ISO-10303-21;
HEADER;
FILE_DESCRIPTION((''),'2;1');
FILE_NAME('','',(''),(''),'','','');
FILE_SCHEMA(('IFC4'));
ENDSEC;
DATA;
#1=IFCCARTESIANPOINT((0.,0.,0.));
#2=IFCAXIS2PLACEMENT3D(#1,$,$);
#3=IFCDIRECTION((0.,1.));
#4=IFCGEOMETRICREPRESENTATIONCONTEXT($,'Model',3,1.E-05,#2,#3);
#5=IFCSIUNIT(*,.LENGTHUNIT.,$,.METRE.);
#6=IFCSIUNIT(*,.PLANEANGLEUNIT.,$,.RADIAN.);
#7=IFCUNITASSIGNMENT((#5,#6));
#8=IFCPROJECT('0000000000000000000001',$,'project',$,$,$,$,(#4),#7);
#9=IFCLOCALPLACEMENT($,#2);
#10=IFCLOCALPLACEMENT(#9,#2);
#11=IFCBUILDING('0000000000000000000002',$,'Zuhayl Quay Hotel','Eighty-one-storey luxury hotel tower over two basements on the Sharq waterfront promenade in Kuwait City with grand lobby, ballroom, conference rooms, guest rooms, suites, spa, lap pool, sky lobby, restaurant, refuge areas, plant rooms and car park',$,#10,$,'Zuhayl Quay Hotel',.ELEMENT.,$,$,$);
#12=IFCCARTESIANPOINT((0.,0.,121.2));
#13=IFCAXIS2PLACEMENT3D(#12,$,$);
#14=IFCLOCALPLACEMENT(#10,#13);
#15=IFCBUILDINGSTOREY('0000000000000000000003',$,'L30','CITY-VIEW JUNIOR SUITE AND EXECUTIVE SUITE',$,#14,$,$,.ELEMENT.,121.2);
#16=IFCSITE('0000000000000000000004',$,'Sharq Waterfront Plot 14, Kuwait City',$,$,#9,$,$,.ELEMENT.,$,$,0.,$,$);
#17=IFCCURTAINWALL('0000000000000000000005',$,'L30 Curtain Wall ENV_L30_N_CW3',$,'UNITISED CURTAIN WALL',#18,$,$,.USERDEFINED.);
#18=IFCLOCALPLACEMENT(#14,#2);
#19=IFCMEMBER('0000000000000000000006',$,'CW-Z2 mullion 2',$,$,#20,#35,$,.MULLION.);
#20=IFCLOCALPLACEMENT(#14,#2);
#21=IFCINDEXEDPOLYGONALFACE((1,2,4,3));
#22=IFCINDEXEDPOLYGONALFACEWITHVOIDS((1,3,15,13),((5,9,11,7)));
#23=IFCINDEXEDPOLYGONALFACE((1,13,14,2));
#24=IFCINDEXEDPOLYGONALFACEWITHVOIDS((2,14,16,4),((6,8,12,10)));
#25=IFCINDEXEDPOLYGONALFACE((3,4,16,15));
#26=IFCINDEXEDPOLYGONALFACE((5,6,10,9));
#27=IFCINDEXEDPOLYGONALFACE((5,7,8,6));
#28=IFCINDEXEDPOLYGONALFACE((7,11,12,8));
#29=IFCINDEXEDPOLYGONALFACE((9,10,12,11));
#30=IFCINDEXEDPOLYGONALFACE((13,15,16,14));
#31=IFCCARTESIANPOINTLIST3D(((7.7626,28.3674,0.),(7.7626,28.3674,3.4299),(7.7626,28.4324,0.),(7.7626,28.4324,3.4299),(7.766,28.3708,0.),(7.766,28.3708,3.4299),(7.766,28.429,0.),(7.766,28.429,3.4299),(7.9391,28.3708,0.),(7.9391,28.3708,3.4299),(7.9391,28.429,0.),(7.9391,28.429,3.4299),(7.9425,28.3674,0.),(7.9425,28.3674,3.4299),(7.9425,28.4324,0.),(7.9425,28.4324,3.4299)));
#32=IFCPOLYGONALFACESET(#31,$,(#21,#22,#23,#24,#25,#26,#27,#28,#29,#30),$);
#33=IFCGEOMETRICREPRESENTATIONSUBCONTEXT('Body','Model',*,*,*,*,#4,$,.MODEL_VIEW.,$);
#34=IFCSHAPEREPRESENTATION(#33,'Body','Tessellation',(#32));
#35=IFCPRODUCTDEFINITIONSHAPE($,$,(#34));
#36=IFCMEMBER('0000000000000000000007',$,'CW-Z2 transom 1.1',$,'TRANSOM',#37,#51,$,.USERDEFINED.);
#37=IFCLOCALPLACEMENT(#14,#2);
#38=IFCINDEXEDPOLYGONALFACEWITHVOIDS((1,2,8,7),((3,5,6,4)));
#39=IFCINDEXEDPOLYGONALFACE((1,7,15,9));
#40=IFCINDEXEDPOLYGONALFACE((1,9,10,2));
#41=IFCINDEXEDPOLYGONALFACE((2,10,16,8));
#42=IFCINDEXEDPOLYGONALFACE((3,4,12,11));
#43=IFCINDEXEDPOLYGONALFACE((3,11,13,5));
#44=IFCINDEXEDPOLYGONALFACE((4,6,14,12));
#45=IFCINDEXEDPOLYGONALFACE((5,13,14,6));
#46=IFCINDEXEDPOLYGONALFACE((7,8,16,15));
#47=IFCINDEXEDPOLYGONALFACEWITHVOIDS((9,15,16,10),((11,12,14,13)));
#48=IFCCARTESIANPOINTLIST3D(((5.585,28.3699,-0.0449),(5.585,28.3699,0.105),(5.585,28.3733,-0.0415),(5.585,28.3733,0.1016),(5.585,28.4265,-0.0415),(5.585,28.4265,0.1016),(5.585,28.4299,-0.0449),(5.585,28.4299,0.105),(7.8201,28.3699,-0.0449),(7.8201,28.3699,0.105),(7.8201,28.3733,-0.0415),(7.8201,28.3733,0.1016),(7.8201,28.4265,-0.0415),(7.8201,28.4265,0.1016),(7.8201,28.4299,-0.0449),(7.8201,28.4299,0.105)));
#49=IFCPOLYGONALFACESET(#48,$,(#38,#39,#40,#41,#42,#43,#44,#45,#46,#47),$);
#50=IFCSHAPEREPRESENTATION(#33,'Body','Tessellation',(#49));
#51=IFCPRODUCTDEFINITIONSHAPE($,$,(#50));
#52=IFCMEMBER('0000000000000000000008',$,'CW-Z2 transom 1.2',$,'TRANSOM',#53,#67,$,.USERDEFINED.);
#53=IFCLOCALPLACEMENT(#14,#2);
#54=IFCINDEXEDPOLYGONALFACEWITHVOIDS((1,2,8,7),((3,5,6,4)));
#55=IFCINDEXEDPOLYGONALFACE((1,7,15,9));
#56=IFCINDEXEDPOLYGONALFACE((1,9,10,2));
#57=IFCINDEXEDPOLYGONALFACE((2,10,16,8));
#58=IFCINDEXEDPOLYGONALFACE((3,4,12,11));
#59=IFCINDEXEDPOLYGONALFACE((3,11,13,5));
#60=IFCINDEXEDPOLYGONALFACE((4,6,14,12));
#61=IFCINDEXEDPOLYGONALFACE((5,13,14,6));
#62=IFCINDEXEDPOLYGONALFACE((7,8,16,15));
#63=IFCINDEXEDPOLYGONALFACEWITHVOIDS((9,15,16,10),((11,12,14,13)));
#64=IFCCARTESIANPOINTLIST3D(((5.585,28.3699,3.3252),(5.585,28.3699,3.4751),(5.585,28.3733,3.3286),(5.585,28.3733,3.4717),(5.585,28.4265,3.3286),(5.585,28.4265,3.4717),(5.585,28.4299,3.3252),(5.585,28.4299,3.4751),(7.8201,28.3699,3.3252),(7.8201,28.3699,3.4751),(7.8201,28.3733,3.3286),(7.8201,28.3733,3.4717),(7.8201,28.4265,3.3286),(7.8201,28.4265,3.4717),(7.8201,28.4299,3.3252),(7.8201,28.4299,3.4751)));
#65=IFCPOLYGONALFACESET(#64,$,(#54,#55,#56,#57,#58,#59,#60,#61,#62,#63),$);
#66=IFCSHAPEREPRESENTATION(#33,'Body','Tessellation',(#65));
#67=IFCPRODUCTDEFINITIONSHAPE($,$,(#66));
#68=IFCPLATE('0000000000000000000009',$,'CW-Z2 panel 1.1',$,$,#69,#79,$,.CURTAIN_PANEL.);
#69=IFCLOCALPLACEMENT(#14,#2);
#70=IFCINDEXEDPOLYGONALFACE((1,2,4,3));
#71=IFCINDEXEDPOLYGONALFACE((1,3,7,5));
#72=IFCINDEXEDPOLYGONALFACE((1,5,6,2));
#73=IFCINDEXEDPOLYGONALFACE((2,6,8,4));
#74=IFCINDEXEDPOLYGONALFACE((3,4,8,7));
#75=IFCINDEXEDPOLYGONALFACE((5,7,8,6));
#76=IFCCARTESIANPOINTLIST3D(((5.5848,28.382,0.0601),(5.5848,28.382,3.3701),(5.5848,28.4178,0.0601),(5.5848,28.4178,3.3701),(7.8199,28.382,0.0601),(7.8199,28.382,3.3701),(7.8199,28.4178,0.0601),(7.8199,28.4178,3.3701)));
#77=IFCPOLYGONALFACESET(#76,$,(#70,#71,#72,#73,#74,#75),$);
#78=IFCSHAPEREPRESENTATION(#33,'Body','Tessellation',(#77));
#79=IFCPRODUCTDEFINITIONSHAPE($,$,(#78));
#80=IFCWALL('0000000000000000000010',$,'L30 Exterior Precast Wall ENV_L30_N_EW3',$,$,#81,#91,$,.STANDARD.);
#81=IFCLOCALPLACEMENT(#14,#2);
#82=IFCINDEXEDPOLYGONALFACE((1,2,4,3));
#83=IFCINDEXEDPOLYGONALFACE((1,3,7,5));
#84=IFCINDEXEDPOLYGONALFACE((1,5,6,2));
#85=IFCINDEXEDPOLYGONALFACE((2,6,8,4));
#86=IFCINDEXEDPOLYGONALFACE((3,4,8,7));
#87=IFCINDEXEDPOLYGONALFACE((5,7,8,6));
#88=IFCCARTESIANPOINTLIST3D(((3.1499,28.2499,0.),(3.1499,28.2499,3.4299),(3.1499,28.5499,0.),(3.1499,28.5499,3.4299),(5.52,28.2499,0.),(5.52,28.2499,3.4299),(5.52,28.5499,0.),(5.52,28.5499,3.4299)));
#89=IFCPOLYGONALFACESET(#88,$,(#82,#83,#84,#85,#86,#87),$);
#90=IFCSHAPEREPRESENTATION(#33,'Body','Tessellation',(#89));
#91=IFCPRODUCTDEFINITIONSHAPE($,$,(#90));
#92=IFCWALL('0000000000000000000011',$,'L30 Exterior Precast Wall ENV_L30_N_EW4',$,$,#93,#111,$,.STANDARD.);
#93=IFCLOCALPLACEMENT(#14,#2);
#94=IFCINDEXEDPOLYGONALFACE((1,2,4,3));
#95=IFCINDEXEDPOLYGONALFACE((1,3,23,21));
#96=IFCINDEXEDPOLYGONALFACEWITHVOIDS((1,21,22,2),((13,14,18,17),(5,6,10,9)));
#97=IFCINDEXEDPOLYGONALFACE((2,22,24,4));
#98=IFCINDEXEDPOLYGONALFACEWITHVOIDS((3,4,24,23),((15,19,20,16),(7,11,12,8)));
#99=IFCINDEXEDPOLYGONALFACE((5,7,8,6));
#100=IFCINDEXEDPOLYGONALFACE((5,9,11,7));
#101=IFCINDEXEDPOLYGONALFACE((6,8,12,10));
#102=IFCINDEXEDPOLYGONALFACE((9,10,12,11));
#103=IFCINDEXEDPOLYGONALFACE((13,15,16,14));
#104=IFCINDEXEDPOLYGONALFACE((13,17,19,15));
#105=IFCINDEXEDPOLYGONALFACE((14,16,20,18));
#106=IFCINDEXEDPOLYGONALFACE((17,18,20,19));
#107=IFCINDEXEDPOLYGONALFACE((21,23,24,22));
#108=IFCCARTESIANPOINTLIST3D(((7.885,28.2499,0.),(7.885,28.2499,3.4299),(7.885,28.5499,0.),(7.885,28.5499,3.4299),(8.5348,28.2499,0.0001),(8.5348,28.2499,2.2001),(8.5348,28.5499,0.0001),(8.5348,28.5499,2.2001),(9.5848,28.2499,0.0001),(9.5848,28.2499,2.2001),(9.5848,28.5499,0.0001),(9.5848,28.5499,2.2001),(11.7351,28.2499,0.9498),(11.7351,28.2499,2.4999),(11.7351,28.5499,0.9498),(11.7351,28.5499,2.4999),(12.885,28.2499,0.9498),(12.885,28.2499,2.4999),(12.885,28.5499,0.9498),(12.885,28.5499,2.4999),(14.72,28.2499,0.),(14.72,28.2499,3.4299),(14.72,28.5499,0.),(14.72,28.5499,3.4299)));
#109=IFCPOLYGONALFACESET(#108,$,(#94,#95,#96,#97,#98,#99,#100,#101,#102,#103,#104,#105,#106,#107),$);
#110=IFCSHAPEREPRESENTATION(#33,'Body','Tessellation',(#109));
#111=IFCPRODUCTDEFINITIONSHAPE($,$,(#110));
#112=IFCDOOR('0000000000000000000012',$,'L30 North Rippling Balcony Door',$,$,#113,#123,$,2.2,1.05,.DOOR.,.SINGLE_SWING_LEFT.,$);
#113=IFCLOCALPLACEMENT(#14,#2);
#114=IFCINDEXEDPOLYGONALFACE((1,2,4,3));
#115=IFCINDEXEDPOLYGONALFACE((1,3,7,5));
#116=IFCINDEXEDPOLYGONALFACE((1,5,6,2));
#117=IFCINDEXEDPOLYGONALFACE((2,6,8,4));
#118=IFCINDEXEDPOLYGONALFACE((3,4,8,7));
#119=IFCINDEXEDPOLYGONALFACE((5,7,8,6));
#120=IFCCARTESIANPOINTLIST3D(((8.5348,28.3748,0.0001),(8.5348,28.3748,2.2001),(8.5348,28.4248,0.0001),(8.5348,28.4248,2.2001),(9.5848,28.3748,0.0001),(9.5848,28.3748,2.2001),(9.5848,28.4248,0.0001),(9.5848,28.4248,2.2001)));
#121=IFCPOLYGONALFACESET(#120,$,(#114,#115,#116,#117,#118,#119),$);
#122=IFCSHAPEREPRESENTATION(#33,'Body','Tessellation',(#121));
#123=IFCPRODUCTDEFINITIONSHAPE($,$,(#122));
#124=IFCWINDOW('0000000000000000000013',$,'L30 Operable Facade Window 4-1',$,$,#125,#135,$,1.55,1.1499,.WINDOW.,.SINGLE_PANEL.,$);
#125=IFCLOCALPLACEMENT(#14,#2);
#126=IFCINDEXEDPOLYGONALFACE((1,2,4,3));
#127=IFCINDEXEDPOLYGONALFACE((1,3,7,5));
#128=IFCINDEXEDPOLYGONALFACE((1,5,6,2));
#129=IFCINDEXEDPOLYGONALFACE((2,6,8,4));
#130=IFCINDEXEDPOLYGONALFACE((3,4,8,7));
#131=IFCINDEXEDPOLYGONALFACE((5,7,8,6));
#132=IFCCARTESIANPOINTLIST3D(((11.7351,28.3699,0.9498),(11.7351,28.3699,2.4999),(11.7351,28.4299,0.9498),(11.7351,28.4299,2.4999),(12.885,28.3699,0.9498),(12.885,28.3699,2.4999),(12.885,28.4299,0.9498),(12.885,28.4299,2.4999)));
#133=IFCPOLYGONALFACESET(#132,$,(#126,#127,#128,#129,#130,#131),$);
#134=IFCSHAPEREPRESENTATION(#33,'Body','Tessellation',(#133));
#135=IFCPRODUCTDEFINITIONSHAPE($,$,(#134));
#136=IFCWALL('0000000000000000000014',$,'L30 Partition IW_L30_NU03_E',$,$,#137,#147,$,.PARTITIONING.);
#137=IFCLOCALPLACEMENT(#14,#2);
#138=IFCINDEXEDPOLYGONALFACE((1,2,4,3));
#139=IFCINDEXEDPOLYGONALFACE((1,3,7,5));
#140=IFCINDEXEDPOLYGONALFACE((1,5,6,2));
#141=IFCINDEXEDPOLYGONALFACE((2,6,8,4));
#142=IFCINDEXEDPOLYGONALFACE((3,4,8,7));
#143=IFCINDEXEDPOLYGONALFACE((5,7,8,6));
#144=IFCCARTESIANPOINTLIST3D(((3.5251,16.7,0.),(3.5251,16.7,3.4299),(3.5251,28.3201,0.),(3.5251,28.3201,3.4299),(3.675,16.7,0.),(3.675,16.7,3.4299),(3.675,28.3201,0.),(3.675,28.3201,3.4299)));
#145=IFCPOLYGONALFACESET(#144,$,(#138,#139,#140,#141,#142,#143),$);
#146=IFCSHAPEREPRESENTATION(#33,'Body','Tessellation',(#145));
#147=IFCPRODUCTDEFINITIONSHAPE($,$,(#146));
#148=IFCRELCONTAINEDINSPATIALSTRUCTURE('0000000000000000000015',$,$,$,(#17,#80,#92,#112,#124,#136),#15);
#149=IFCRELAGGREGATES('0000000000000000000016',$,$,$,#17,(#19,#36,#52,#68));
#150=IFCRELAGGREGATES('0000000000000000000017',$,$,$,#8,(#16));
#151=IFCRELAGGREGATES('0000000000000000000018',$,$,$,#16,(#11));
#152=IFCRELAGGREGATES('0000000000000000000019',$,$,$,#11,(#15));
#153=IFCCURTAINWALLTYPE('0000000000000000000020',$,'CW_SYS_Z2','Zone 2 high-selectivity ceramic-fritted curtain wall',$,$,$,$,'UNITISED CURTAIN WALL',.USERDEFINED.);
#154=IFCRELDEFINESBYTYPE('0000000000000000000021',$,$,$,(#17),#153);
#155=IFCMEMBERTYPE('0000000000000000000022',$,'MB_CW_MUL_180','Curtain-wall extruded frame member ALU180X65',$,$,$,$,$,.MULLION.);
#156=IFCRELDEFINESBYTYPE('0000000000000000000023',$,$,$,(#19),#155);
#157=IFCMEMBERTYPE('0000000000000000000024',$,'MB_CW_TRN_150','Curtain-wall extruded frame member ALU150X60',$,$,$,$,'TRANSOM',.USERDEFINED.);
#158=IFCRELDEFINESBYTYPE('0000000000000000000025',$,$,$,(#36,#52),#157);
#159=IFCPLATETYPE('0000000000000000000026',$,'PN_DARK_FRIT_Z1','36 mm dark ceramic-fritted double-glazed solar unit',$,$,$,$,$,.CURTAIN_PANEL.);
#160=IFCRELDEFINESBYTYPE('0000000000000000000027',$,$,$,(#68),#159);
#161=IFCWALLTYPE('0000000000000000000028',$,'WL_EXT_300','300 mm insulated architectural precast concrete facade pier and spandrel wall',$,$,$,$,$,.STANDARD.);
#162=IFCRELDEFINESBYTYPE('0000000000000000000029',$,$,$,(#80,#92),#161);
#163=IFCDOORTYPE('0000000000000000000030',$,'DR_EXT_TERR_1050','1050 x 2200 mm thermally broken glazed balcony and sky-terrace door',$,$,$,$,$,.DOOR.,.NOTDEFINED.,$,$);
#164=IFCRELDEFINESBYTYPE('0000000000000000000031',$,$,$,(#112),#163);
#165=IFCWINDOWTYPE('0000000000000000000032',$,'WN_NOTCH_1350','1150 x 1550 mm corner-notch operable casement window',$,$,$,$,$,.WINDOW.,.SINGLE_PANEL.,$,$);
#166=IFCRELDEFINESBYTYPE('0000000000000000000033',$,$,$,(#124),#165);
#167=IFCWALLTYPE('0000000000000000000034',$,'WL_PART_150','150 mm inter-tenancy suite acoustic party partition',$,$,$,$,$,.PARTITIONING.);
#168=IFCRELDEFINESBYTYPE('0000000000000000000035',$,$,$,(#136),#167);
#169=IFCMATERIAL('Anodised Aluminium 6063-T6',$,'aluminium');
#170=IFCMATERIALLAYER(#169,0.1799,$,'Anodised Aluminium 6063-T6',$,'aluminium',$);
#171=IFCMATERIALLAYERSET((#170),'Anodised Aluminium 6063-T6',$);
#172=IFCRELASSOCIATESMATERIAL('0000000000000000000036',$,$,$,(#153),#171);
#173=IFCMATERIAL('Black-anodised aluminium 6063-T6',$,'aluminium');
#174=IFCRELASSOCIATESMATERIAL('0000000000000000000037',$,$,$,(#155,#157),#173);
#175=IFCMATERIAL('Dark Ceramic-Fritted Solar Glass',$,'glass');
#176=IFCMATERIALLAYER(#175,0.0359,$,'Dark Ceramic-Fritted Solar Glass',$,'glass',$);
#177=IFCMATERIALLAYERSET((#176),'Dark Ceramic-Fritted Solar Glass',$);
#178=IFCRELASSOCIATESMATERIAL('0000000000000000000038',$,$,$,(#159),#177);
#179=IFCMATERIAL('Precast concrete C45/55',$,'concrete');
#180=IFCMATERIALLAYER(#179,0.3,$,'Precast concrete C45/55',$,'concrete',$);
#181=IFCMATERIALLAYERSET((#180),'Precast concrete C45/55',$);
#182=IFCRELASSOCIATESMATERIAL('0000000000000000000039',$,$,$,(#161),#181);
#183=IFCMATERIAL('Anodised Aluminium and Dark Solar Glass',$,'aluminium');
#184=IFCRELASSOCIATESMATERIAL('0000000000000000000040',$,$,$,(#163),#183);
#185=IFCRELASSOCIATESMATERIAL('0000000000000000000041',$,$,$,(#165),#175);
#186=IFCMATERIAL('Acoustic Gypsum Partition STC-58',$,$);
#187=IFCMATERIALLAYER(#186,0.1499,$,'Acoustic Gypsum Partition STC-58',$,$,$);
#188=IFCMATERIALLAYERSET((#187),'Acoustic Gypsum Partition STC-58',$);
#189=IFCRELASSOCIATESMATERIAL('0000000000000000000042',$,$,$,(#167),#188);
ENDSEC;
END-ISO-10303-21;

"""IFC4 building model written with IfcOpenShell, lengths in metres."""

from ifc_helpers import new_model, si_unit, direction, frame, frame_2d, origin, origin_2d, place, context, subcontext, project, spatial, rectangle, hollow_rectangle, extrude, material, layer, layer_set, material_profile, profile_set, type_object, element, fill, aggregate, save


model = new_model("IFC4")

# Units and contexts
model_context = context("Model", 3, precision=1e-05, world=origin(), true_north=direction((0.0, 1.0)))
body_context = subcontext(model_context, "Body", "Model", "MODEL_VIEW")
ifc_project = project(units=[si_unit("LENGTHUNIT", "METRE"), si_unit("PLANEANGLEUNIT", "RADIAN")], contexts=[model_context])

# Site, building, storey
site_placement = place(None, origin())
site = spatial("IfcSite", under=ifc_project, at=site_placement, Name="Sharq Waterfront Plot 14, Kuwait City", CompositionType="ELEMENT", RefElevation=0.0)
building_placement = place(site_placement, origin())
building = spatial("IfcBuilding", under=site, at=building_placement, Name="Zuhayl Quay Hotel", Description="Eighty-one-storey luxury hotel tower over two basements on the Sharq waterfront promenade in Kuwait City with grand lobby, ballroom, conference rooms, guest rooms, suites, spa, lap pool, sky lobby, restaurant, refuge areas, plant rooms and car park", LongName="Zuhayl Quay Hotel", CompositionType="ELEMENT")
storey_placement = place(building_placement, frame((0.0, 0.0, 121.2)))
storey = spatial("IfcBuildingStorey", under=building, at=storey_placement, Name="L30", Description="CITY-VIEW JUNIOR SUITE AND EXECUTIVE SUITE", CompositionType="ELEMENT", Elevation=121.2)

# Shared definitions
ifc_material_1 = material(Name="Anodised Aluminium 6063-T6", Category="aluminium")
ifc_layer_1 = layer(ifc_material_1, 0.1799, Name="Anodised Aluminium 6063-T6", Category="aluminium")
ifc_layer_set_1 = layer_set([ifc_layer_1], Name="Anodised Aluminium 6063-T6")
curtain_wall_type = type_object("IfcCurtainWallType", Name="CW_SYS_Z2", Description="Zone 2 high-selectivity ceramic-fritted curtain wall", ElementType="UNITISED CURTAIN WALL", PredefinedType="USERDEFINED", material=ifc_layer_set_1)
ifc_material_2 = material(Name="Black-anodised aluminium 6063-T6", Category="aluminium")
ifc_material_profile_1 = material_profile(ifc_material_2, hollow_rectangle(XDim=0.0649, YDim=0.1799, WallThickness=0.0034, at=origin_2d()), Name="ALU180X65")
ifc_profile_set_1 = profile_set([ifc_material_profile_1], Name="Black-anodised aluminium 6063-T6")
member_type_1 = type_object("IfcMemberType", Name="MB_CW_MUL_180", Description="Curtain-wall extruded frame member ALU180X65", PredefinedType="MULLION", material=ifc_profile_set_1)

# Curtain wall, members, plate
curtain_wall_1_placement = place(storey_placement, origin())
curtain_wall_1 = element("IfcCurtainWall", 1, at=curtain_wall_1_placement, inside=storey, type_object=curtain_wall_type, Name="L30 Curtain Wall ENV_L30_N_CW3", ObjectType="UNITISED CURTAIN WALL", PredefinedType="USERDEFINED")
member_1_placement = place(storey_placement, frame((7.8525, 28.3999, 0.0), z_axis=(0.0, 0.0, 1.0), x_axis=(0.0, 1.0, 0.0)))
member_1 = element("IfcMember", 2, at=member_1_placement, type_object=member_type_1, Name="CW-Z2 mullion 2", PredefinedType="MULLION", context=body_context, shape_type="SweptSolid", body=[
    extrude(hollow_rectangle(XDim=0.0649, YDim=0.1799, WallThickness=0.0034, at=origin_2d()), origin(), (0.0, 0.0, 1.0), 3.4299),
])
ifc_material_profile_2 = material_profile(ifc_material_2, hollow_rectangle(XDim=0.0601, YDim=0.1499, WallThickness=0.0034, at=origin_2d()), Name="ALU150X60")
ifc_profile_set_2 = profile_set([ifc_material_profile_2], Name="Black-anodised aluminium 6063-T6")
member_type_2 = type_object("IfcMemberType", Name="MB_CW_TRN_150", Description="Curtain-wall extruded frame member ALU150X60", ElementType="TRANSOM", PredefinedType="USERDEFINED", material=ifc_profile_set_2)
member_2_placement = place(storey_placement, frame((5.585, 28.3999, 0.03), z_axis=(1.0, 0.0, 0.0), x_axis=(0.0, 1.0, 0.0)))
member_2 = element("IfcMember", 3, at=member_2_placement, type_object=member_type_2, Name="CW-Z2 transom 1.1", ObjectType="TRANSOM", PredefinedType="USERDEFINED", context=body_context, shape_type="SweptSolid", body=[
    extrude(hollow_rectangle(XDim=0.0601, YDim=0.1499, WallThickness=0.0034, at=origin_2d()), origin(), (0.0, 0.0, 1.0), 2.2351),
])
member_3_placement = place(storey_placement, frame((5.585, 28.3999, 3.4001), z_axis=(1.0, 0.0, 0.0), x_axis=(0.0, 1.0, 0.0)))
member_3 = element("IfcMember", 4, at=member_3_placement, type_object=member_type_2, Name="CW-Z2 transom 1.2", ObjectType="TRANSOM", PredefinedType="USERDEFINED", context=body_context, shape_type="SweptSolid", body=[
    extrude(hollow_rectangle(XDim=0.0601, YDim=0.1499, WallThickness=0.0034, at=origin_2d()), origin(), (0.0, 0.0, 1.0), 2.2351),
])
ifc_material_3 = material(Name="Dark Ceramic-Fritted Solar Glass", Category="glass")
ifc_layer_2 = layer(ifc_material_3, 0.0359, Name="Dark Ceramic-Fritted Solar Glass", Category="glass")
ifc_layer_set_2 = layer_set([ifc_layer_2], Name="Dark Ceramic-Fritted Solar Glass")
plate_type = type_object("IfcPlateType", Name="PN_DARK_FRIT_Z1", Description="36 mm dark ceramic-fritted double-glazed solar unit", PredefinedType="CURTAIN_PANEL", material=ifc_layer_set_2)
plate_placement = place(storey_placement, frame((6.7024, 28.3999, 0.0601), z_axis=(0.0, 0.0, 1.0), x_axis=(1.0, 0.0, 0.0)))
plate = element("IfcPlate", 5, at=plate_placement, type_object=plate_type, Name="CW-Z2 panel 1.1", PredefinedType="CURTAIN_PANEL", context=body_context, shape_type="SweptSolid", body=[
    extrude(rectangle(XDim=2.2351, YDim=0.0359, at=origin_2d()), origin(), (0.0, 0.0, 1.0), 3.3101),
])
aggregate(curtain_wall_1, [member_1, member_2, member_3, plate])

# Wall
ifc_material_4 = material(Name="Precast concrete C45/55", Category="concrete")
ifc_layer_3 = layer(ifc_material_4, 0.3, Name="Precast concrete C45/55", Category="concrete")
ifc_layer_set_3 = layer_set([ifc_layer_3], Name="Precast concrete C45/55")
wall_type_1 = type_object("IfcWallType", Name="WL_EXT_300", Description="300 mm insulated architectural precast concrete facade pier and spandrel wall", PredefinedType="STANDARD", material=ifc_layer_set_3)
wall_1_placement = place(storey_placement, frame((3.1499, 28.3999, 0.0), z_axis=(0.0, 0.0, 1.0), x_axis=(1.0, 0.0, 0.0)))
element("IfcWall", 6, at=wall_1_placement, inside=storey, type_object=wall_type_1, Name="L30 Exterior Precast Wall ENV_L30_N_EW3", PredefinedType="STANDARD", context=body_context, shape_type="SweptSolid", body=[
    extrude(rectangle(XDim=2.3701, YDim=0.3, at=frame_2d((1.1851, 0.0))), origin(), (0.0, 0.0, 1.0), 3.4299),
])

# Wall, openings, door, window
wall_2_placement = place(storey_placement, frame((7.885, 28.3999, 0.0), z_axis=(0.0, 0.0, 1.0), x_axis=(1.0, 0.0, 0.0)))
wall_2 = element("IfcWall", 7, at=wall_2_placement, inside=storey, type_object=wall_type_1, Name="L30 Exterior Precast Wall ENV_L30_N_EW4", PredefinedType="STANDARD", context=body_context, shape_type="SweptSolid", body=[
    extrude(rectangle(XDim=6.835, YDim=0.3, at=frame_2d((3.4175, 0.0))), origin(), (0.0, 0.0, 1.0), 3.4299),
])
opening_1_placement = place(wall_2_placement, frame((0.6499, 0.0, 0.0)))
opening_1 = element("IfcOpeningElement", 8, at=opening_1_placement, cuts=wall_2, PredefinedType="OPENING", context=body_context, shape_type="SweptSolid", body=[
    extrude(rectangle(XDim=1.05, YDim=2.2, at=frame_2d((0.5249, 1.1001))), frame((0.0, 0.1599, 0.0), z_axis=(0.0, -1.0, 0.0), x_axis=(1.0, 0.0, 0.0)), (0.0, 0.0, 1.0), 0.3201),
])
opening_2_placement = place(wall_2_placement, frame((3.8501, 0.0, 0.95)))
opening_2 = element("IfcOpeningElement", 9, at=opening_2_placement, cuts=wall_2, PredefinedType="OPENING", context=body_context, shape_type="SweptSolid", body=[
    extrude(rectangle(XDim=1.1499, YDim=1.55, at=frame_2d((0.575, 0.7749))), frame((0.0, 0.1599, 0.0), z_axis=(0.0, -1.0, 0.0), x_axis=(1.0, 0.0, 0.0)), (0.0, 0.0, 1.0), 0.3201),
])
ifc_material_5 = material(Name="Anodised Aluminium and Dark Solar Glass", Category="aluminium")
door_type_1 = type_object("IfcDoorType", Name="DR_EXT_TERR_1050", Description="1050 x 2200 mm thermally broken glazed balcony and sky-terrace door", OperationType="NOTDEFINED", PredefinedType="DOOR", material=ifc_material_5)
door_1_placement = place(opening_1_placement, origin())
door_1 = element("IfcDoor", 10, at=door_1_placement, inside=storey, type_object=door_type_1, Name="L30 North Rippling Balcony Door", OperationType="SINGLE_SWING_LEFT", OverallHeight=2.2, OverallWidth=1.05, PredefinedType="DOOR", context=body_context, shape_type="SweptSolid", body=[
    extrude(rectangle(XDim=1.05, YDim=2.2, at=frame_2d((0.5249, 1.1001))), frame((0.0, 0.0249, 0.0), z_axis=(0.0, -1.0, 0.0), x_axis=(1.0, 0.0, 0.0)), (0.0, 0.0, 1.0), 0.05),
])
fill(opening_1, door_1)
window_type = type_object("IfcWindowType", Name="WN_NOTCH_1350", Description="1150 x 1550 mm corner-notch operable casement window", PartitioningType="SINGLE_PANEL", PredefinedType="WINDOW", material=ifc_material_3)
window_placement = place(opening_2_placement, origin())
window = element("IfcWindow", 11, at=window_placement, inside=storey, type_object=window_type, Name="L30 Operable Facade Window 4-1", OverallHeight=1.55, OverallWidth=1.1499, PartitioningType="SINGLE_PANEL", PredefinedType="WINDOW", context=body_context, shape_type="SweptSolid", body=[
    extrude(rectangle(XDim=1.1499, YDim=1.55, at=frame_2d((0.575, 0.7749))), frame((0.0, 0.03, 0.0), z_axis=(0.0, -1.0, 0.0), x_axis=(1.0, 0.0, 0.0)), (0.0, 0.0, 1.0), 0.0601),
])
fill(opening_2, window)

# Wall
ifc_material_6 = material(Name="Acoustic Gypsum Partition STC-58")
ifc_layer_4 = layer(ifc_material_6, 0.1499, Name="Acoustic Gypsum Partition STC-58")
ifc_layer_set_4 = layer_set([ifc_layer_4], Name="Acoustic Gypsum Partition STC-58")
wall_type_2 = type_object("IfcWallType", Name="WL_PART_150", Description="150 mm inter-tenancy suite acoustic party partition", PredefinedType="PARTITIONING", material=ifc_layer_set_4)
wall_3_placement = place(storey_placement, frame((3.6001, 16.7, 0.0), z_axis=(0.0, 0.0, 1.0), x_axis=(0.0, 1.0, 0.0)))
element("IfcWall", 12, at=wall_3_placement, inside=storey, type_object=wall_type_2, Name="L30 Partition IW_L30_NU03_E", PredefinedType="PARTITIONING", context=body_context, shape_type="SweptSolid", body=[
    extrude(rectangle(XDim=11.6201, YDim=0.1499, at=frame_2d((5.8101, 0.0))), origin(), (0.0, 0.0, 1.0), 3.4299),
])

save(model, "model.ifc")
